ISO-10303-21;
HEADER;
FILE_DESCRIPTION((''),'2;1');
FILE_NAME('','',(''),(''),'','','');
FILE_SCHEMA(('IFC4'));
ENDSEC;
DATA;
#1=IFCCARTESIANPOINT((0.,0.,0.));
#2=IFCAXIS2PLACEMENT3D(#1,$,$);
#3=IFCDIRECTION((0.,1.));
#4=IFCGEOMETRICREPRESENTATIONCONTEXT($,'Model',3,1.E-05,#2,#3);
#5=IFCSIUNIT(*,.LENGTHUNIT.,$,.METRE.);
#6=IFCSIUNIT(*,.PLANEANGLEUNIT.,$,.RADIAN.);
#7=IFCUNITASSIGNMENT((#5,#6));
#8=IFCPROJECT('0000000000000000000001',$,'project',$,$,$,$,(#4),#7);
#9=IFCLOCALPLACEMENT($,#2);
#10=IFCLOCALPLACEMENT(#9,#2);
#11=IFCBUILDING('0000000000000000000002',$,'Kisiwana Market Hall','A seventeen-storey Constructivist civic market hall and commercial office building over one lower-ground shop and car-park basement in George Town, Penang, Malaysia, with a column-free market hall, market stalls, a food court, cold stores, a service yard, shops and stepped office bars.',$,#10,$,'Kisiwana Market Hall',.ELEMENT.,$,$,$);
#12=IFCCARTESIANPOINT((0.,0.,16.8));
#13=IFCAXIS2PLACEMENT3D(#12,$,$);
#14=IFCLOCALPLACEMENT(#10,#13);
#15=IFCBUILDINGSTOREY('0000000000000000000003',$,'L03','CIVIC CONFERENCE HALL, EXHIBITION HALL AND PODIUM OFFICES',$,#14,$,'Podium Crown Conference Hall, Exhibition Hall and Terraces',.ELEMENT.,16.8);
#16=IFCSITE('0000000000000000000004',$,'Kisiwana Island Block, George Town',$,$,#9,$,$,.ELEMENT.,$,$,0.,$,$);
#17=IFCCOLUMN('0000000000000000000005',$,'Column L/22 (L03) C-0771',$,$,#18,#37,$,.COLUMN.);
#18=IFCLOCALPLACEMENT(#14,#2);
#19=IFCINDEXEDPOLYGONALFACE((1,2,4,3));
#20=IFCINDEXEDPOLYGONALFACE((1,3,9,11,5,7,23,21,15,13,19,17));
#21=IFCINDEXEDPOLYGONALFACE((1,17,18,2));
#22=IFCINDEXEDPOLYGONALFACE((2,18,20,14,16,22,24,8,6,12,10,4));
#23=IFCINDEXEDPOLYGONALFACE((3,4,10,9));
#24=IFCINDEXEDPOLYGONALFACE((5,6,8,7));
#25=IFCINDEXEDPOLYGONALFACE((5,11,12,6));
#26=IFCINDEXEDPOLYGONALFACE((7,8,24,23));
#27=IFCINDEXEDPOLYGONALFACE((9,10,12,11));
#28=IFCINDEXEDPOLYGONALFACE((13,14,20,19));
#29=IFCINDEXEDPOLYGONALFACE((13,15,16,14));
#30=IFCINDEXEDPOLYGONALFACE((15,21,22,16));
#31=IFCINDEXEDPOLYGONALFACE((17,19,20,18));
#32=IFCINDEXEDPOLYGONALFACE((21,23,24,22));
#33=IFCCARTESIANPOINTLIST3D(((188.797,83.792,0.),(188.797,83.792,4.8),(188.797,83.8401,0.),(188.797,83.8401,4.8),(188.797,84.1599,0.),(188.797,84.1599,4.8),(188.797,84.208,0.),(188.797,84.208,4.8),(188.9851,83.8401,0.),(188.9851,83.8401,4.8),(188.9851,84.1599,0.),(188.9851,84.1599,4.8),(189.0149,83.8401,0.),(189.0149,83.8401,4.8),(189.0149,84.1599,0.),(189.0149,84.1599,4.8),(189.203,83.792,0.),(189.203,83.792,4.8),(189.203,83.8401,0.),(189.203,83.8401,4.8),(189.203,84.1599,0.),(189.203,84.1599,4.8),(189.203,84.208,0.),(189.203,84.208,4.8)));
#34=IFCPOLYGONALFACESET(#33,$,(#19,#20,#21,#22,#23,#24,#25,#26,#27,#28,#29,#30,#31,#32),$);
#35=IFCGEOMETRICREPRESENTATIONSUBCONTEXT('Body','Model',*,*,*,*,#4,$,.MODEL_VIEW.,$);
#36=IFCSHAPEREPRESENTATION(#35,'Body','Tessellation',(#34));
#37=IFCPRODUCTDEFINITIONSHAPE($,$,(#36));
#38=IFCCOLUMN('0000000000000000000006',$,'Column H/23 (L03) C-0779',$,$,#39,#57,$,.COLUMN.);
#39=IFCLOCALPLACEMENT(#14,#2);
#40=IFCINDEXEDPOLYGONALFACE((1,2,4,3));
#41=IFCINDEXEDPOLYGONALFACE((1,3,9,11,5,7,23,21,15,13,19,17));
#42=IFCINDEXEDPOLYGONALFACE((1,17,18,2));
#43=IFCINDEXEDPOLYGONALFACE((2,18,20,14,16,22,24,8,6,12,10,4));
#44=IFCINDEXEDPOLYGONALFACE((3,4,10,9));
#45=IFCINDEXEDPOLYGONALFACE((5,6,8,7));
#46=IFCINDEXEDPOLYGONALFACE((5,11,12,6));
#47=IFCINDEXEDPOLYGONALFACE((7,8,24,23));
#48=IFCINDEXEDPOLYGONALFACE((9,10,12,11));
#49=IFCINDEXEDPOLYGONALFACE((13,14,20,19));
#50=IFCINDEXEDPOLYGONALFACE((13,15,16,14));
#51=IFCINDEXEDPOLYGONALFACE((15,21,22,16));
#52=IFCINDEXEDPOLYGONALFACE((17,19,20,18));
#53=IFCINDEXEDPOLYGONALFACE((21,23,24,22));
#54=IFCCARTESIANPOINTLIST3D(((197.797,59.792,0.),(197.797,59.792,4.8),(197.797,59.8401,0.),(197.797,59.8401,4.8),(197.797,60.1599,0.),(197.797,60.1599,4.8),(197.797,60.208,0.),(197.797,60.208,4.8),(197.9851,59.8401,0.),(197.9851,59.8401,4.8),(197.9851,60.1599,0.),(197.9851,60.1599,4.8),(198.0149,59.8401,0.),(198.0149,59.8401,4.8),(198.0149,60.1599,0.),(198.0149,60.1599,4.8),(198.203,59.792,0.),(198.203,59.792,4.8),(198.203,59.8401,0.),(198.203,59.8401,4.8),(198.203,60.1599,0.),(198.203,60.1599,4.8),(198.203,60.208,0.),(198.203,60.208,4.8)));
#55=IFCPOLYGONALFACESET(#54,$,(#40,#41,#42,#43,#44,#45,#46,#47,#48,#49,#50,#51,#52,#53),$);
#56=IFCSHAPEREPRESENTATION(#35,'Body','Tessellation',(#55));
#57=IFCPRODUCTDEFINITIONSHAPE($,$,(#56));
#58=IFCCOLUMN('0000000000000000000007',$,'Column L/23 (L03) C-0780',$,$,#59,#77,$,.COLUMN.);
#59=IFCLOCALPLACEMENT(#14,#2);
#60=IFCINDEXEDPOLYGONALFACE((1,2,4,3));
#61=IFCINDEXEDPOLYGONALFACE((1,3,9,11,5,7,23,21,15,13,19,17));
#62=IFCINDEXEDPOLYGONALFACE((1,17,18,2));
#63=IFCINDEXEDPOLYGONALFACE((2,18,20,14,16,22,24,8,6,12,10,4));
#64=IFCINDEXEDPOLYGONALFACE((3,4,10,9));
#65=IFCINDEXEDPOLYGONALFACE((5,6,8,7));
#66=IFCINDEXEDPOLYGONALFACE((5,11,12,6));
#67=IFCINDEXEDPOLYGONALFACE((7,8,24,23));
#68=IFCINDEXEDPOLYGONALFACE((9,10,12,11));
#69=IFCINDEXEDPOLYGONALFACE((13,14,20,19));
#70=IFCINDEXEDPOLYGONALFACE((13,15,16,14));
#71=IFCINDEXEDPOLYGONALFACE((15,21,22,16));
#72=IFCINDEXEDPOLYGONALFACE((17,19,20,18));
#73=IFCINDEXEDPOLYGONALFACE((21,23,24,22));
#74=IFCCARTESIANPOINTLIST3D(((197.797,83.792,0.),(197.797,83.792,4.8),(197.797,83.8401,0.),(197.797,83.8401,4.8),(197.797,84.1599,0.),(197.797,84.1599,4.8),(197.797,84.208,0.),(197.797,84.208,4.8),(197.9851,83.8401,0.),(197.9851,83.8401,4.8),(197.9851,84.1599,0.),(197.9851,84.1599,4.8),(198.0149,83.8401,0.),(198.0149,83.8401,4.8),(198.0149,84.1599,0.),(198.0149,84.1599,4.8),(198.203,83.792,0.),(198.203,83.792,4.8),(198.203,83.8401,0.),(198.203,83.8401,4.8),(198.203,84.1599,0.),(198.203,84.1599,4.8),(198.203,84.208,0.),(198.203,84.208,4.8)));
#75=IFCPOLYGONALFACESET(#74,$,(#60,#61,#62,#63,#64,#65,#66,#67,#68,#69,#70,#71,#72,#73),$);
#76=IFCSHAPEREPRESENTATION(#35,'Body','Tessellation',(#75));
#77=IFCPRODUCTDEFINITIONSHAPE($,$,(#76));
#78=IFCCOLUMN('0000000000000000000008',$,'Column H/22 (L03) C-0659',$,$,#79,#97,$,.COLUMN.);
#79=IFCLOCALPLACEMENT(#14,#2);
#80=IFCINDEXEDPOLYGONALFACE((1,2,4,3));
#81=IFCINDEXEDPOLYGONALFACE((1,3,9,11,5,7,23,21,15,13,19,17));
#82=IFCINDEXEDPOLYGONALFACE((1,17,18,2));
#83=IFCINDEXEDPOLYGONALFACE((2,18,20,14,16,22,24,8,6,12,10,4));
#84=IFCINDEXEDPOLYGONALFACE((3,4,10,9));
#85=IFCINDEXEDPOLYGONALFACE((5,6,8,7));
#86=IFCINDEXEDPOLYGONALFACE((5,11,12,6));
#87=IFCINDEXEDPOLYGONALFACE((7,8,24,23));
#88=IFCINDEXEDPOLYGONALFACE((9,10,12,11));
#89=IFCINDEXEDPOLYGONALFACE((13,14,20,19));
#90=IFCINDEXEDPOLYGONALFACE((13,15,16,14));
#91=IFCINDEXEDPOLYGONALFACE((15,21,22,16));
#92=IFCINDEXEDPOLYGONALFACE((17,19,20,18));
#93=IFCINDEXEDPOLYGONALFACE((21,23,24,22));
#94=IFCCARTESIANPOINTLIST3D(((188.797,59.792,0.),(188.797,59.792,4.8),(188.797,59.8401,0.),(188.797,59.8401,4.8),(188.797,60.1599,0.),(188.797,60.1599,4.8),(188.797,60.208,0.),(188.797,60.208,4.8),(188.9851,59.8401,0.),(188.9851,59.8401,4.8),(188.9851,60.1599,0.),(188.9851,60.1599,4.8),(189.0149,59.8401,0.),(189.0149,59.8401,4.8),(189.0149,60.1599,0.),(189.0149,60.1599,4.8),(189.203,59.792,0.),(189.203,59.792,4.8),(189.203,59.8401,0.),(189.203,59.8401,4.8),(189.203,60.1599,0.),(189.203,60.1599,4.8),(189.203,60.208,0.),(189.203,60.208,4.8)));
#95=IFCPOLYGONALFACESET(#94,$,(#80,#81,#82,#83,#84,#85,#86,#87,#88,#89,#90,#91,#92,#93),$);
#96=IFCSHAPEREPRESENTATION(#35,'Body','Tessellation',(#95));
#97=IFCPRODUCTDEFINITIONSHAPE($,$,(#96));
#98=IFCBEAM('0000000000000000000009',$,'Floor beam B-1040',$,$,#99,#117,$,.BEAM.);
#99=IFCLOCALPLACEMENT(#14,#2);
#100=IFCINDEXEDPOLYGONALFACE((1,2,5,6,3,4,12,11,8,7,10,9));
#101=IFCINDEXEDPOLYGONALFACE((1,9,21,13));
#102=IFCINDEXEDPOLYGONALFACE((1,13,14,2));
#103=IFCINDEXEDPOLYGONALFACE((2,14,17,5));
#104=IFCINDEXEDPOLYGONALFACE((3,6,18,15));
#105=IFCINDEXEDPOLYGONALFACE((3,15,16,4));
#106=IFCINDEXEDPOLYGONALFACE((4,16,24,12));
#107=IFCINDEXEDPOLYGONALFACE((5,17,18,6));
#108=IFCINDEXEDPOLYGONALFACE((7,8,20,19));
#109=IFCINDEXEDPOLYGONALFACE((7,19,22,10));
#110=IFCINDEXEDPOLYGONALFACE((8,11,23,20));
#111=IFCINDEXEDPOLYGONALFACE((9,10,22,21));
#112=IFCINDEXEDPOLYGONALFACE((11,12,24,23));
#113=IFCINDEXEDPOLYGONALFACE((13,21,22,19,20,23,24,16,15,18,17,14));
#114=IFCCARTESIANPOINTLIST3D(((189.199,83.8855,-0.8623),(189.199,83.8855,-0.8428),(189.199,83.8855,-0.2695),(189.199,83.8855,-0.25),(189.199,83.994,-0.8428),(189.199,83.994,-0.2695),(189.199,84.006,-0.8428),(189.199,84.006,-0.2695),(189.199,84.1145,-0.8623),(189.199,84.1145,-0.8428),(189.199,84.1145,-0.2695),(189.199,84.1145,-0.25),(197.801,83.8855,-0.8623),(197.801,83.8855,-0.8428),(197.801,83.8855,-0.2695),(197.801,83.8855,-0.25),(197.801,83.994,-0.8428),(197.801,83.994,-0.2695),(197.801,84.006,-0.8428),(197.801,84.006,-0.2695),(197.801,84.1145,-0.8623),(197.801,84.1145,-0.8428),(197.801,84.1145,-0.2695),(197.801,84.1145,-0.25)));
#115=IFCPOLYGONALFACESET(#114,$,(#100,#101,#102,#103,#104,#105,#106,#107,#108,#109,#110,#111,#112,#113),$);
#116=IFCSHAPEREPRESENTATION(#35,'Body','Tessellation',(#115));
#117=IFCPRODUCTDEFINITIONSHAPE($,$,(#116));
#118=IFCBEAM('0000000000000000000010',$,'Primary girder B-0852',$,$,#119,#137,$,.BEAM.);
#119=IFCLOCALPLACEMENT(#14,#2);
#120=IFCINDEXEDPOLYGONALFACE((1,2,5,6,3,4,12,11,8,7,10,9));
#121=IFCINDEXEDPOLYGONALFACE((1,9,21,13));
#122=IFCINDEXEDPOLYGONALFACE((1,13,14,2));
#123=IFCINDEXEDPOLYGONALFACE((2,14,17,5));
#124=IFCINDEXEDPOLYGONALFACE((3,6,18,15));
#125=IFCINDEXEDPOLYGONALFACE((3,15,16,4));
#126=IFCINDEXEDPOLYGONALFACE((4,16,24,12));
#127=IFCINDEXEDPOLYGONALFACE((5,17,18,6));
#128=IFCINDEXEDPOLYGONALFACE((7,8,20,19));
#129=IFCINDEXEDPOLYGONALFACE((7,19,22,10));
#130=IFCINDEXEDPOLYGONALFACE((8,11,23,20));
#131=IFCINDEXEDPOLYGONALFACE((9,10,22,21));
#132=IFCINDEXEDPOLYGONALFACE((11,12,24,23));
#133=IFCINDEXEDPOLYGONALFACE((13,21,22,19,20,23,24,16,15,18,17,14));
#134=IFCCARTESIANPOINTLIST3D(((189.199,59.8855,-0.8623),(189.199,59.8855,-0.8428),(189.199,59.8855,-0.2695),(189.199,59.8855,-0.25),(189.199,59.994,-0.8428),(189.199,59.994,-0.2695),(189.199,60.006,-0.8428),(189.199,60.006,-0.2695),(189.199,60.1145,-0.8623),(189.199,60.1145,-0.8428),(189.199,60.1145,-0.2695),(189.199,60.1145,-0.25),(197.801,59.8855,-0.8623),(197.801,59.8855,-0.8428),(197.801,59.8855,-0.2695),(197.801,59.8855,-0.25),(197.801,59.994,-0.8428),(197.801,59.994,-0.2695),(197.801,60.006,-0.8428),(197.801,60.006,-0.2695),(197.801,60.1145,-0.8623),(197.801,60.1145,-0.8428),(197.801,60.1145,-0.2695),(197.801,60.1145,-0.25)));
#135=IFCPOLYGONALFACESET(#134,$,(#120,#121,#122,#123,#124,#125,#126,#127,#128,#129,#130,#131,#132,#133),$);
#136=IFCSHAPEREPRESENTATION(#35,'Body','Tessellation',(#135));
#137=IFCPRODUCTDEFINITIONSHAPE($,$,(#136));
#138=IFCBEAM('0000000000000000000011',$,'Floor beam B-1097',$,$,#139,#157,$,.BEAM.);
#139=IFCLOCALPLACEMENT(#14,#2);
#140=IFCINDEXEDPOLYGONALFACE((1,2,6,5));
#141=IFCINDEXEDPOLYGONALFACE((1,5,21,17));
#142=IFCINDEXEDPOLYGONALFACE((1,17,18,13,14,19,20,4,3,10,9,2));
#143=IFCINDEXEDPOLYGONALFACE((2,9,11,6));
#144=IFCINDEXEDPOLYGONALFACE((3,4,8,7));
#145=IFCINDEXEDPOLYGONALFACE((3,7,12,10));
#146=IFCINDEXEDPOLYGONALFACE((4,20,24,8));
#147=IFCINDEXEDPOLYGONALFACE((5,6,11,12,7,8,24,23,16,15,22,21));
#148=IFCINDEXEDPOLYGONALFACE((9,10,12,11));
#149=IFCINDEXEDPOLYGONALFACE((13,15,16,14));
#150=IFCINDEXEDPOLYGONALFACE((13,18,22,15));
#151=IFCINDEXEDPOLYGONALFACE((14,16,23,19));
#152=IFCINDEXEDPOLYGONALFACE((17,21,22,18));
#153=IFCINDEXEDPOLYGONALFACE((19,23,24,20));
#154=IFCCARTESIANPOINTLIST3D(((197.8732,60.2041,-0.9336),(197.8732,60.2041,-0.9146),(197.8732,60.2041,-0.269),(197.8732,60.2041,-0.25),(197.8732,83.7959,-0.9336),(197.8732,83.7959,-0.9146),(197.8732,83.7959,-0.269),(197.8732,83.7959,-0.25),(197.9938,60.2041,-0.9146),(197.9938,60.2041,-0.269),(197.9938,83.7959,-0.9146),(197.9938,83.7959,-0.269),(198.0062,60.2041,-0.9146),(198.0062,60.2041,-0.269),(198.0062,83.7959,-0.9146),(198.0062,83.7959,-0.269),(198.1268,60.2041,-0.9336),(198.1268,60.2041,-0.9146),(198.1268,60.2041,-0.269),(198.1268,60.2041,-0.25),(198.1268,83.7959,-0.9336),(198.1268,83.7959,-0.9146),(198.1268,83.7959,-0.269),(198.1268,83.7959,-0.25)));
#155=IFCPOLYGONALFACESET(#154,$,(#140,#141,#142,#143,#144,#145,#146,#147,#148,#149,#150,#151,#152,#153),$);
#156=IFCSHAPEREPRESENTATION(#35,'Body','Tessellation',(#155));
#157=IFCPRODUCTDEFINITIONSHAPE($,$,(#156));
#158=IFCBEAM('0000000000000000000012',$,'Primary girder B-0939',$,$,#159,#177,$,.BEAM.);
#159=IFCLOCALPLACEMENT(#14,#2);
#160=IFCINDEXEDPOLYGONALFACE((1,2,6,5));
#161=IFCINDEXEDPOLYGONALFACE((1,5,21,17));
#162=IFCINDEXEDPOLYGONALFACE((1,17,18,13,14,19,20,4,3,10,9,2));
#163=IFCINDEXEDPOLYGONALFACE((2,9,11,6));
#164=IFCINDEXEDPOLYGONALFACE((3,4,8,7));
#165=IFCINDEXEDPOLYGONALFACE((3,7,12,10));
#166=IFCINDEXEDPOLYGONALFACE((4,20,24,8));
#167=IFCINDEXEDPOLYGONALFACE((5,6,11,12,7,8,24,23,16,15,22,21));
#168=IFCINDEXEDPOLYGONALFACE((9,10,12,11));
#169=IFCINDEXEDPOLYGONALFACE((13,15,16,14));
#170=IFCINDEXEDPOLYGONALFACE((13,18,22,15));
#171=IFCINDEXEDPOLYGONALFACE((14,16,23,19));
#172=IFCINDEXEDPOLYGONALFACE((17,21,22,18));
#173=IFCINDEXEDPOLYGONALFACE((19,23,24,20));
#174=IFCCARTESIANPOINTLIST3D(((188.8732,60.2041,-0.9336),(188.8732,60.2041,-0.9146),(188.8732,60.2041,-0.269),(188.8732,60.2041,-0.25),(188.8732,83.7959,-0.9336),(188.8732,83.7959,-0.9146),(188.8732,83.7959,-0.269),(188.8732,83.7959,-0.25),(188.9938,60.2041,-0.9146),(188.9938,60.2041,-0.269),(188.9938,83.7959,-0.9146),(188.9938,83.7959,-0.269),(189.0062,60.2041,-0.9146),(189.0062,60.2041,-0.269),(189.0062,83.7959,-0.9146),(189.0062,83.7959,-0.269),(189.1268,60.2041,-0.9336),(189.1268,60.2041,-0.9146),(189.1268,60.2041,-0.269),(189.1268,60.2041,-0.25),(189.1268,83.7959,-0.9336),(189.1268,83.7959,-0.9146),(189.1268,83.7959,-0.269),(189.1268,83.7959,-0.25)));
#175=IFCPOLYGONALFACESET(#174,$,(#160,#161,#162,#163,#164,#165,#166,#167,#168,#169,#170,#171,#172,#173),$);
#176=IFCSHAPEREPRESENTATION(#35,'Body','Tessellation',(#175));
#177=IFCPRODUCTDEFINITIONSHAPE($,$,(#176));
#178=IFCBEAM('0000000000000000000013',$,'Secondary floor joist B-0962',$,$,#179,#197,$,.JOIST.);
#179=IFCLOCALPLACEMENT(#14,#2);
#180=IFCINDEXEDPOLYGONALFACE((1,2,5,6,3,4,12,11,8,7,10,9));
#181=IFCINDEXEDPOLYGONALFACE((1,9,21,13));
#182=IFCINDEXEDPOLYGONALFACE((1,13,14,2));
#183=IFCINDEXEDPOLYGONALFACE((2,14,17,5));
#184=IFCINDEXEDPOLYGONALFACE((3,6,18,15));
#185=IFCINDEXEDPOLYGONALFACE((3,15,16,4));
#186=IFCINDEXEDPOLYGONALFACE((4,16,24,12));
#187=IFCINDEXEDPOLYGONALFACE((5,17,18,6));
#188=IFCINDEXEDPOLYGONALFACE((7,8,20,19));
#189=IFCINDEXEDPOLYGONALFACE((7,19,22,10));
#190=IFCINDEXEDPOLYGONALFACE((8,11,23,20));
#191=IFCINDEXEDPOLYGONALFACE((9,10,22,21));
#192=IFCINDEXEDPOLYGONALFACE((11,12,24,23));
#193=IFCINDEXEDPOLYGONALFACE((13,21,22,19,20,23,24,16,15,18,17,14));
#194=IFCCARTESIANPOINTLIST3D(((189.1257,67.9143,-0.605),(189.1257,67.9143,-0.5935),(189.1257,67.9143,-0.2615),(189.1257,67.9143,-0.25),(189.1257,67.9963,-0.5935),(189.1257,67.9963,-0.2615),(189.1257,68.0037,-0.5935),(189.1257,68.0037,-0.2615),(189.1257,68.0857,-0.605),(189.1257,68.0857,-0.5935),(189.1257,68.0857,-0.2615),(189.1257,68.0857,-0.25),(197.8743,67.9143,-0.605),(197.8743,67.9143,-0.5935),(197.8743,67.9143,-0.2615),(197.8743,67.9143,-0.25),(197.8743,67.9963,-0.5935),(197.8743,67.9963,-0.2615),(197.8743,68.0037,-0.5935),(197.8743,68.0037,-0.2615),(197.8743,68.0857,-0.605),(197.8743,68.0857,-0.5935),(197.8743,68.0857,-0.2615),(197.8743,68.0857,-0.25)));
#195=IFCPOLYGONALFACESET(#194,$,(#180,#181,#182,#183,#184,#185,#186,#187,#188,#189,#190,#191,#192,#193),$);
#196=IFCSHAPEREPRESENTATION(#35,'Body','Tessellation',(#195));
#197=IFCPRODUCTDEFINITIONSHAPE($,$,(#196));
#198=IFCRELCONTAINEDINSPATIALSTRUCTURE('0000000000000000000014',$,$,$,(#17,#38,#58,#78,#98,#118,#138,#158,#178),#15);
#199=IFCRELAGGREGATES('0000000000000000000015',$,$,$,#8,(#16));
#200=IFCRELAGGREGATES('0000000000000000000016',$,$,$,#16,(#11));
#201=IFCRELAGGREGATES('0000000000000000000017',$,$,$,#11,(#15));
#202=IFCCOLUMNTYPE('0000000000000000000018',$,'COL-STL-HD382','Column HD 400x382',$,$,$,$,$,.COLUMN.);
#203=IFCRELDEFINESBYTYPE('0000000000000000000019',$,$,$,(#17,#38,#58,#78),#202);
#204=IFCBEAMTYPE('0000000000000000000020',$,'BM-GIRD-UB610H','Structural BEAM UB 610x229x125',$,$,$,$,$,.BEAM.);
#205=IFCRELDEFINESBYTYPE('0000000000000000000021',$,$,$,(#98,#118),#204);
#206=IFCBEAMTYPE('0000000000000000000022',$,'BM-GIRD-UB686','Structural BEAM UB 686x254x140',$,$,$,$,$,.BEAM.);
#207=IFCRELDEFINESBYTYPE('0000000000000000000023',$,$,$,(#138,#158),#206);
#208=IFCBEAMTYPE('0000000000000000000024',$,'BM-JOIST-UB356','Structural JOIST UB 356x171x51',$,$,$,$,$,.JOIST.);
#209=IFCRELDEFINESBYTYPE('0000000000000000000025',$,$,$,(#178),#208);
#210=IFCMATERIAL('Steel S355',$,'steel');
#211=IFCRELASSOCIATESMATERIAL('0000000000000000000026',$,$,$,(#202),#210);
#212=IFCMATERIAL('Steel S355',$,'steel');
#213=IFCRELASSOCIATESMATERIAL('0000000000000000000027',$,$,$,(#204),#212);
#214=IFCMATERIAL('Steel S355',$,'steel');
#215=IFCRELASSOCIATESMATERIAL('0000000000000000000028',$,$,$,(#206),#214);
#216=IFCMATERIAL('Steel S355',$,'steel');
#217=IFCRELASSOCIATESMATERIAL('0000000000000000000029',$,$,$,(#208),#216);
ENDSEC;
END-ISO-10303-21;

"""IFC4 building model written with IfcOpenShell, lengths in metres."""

from ifc_helpers import new_model, si_unit, direction, frame, origin, origin_2d, place, context, subcontext, project, spatial, i_section, extrude, material, material_profile, profile_set, type_object, element, save


model = new_model("IFC4")

# Units and contexts
model_context = context("Model", 3, precision=1e-05, world=origin(), true_north=direction((0.0, 1.0)))
body_context = subcontext(model_context, "Body", "Model", "MODEL_VIEW")
ifc_project = project(units=[si_unit("LENGTHUNIT", "METRE"), si_unit("PLANEANGLEUNIT", "RADIAN")], contexts=[model_context])

# Site, building, storey
site_placement = place(None, origin())
site = spatial("IfcSite", under=ifc_project, at=site_placement, Name="Kisiwana Island Block, George Town", CompositionType="ELEMENT", RefElevation=0.0)
building_placement = place(site_placement, origin())
building = spatial("IfcBuilding", under=site, at=building_placement, Name="Kisiwana Market Hall", Description="A seventeen-storey Constructivist civic market hall and commercial office building over one lower-ground shop and car-park basement in George Town, Penang, Malaysia, with a column-free market hall, market stalls, a food court, cold stores, a service yard, shops and stepped office bars.", LongName="Kisiwana Market Hall", CompositionType="ELEMENT")
storey_placement = place(building_placement, frame((0.0, 0.0, 16.8)))
storey = spatial("IfcBuildingStorey", under=building, at=storey_placement, Name="L03", Description="CIVIC CONFERENCE HALL, EXHIBITION HALL AND PODIUM OFFICES", LongName="Podium Crown Conference Hall, Exhibition Hall and Terraces", CompositionType="ELEMENT", Elevation=16.8)

# Columns
ifc_material_1 = material(Name="Steel S355", Category="steel")
ifc_material_profile_1 = material_profile(ifc_material_1, i_section(OverallWidth=0.406, OverallDepth=0.416, WebThickness=0.0298, FlangeThickness=0.0481, at=origin_2d()), Name="HD 400x382")
ifc_profile_set_1 = profile_set([ifc_material_profile_1], Name="Steel S355")
column_type = type_object("IfcColumnType", Name="COL-STL-HD382", Description="Column HD 400x382", PredefinedType="COLUMN", material=ifc_profile_set_1)
for number, where, z_axis, x_axis, name in (
    (1, (189.0, 84.0, 0.0), (0.0, 0.0, 1.0), (1.0, 0.0, 0.0), "Column L/22 (L03) C-0771"),
    (2, (198.0, 60.0, 0.0), (0.0, 0.0, 1.0), (1.0, 0.0, 0.0), "Column H/23 (L03) C-0779"),
    (3, (198.0, 84.0, 0.0), (0.0, 0.0, 1.0), (1.0, 0.0, 0.0), "Column L/23 (L03) C-0780"),
    (4, (189.0, 60.0, 0.0), (0.0, 0.0, 1.0), (1.0, 0.0, 0.0), "Column H/22 (L03) C-0659"),
):
    element("IfcColumn", number, at=place(storey_placement, frame(where, z_axis=z_axis, x_axis=x_axis)), inside=storey, type_object=column_type, Name=name, PredefinedType="COLUMN", context=body_context, shape_type="SweptSolid", body=[
        extrude(i_section(OverallWidth=0.406, OverallDepth=0.416, WebThickness=0.0298, FlangeThickness=0.0481, at=origin_2d()), origin(), (0.0, 0.0, 1.0), 4.8),
    ])

# Beams
ifc_material_2 = material(Name="Steel S355", Category="steel")
ifc_material_profile_2 = material_profile(ifc_material_2, i_section(OverallWidth=0.229, OverallDepth=0.6123, WebThickness=0.012, FlangeThickness=0.0195, at=origin_2d()), Name="UB 610x229x125")
ifc_profile_set_2 = profile_set([ifc_material_profile_2], Name="Steel S355")
beam_type_1 = type_object("IfcBeamType", Name="BM-GIRD-UB610H", Description="Structural BEAM UB 610x229x125", PredefinedType="BEAM", material=ifc_profile_set_2)
for number, where, z_axis, x_axis, name in (
    (5, (189.199, 84.0, -0.5562), (1.0, 0.0, 0.0), (0.0, 1.0, 0.0), "Floor beam B-1040"),
    (6, (189.199, 60.0, -0.5562), (1.0, 0.0, 0.0), (0.0, 1.0, 0.0), "Primary girder B-0852"),
):
    element("IfcBeam", number, at=place(storey_placement, frame(where, z_axis=z_axis, x_axis=x_axis)), inside=storey, type_object=beam_type_1, Name=name, PredefinedType="BEAM", context=body_context, shape_type="SweptSolid", body=[
        extrude(i_section(OverallWidth=0.229, OverallDepth=0.6123, WebThickness=0.012, FlangeThickness=0.0195, at=origin_2d()), origin(), (0.0, 0.0, 1.0), 8.6021),
    ])
ifc_material_3 = material(Name="Steel S355", Category="steel")
ifc_material_profile_3 = material_profile(ifc_material_3, i_section(OverallWidth=0.2537, OverallDepth=0.6836, WebThickness=0.0125, FlangeThickness=0.019, at=origin_2d()), Name="UB 686x254x140")
ifc_profile_set_3 = profile_set([ifc_material_profile_3], Name="Steel S355")
beam_type_2 = type_object("IfcBeamType", Name="BM-GIRD-UB686", Description="Structural BEAM UB 686x254x140", PredefinedType="BEAM", material=ifc_profile_set_3)
for number, where, z_axis, x_axis, name in (
    (7, (198.0, 60.2041, -0.5918), (0.0, 1.0, 0.0), (-1.0, 0.0, 0.0), "Floor beam B-1097"),
    (8, (189.0, 60.2041, -0.5918), (0.0, 1.0, 0.0), (-1.0, 0.0, 0.0), "Primary girder B-0939"),
):
    element("IfcBeam", number, at=place(storey_placement, frame(where, z_axis=z_axis, x_axis=x_axis)), inside=storey, type_object=beam_type_2, Name=name, PredefinedType="BEAM", context=body_context, shape_type="SweptSolid", body=[
        extrude(i_section(OverallWidth=0.2537, OverallDepth=0.6836, WebThickness=0.0125, FlangeThickness=0.019, at=origin_2d()), origin(), (0.0, 0.0, 1.0), 23.5918),
    ])
ifc_material_4 = material(Name="Steel S355", Category="steel")
ifc_material_profile_4 = material_profile(ifc_material_4, i_section(OverallWidth=0.1714, OverallDepth=0.355, WebThickness=0.0073, FlangeThickness=0.0115, at=origin_2d()), Name="UB 356x171x51")
ifc_profile_set_4 = profile_set([ifc_material_profile_4], Name="Steel S355")
beam_type_3 = type_object("IfcBeamType", Name="BM-JOIST-UB356", Description="Structural JOIST UB 356x171x51", PredefinedType="JOIST", material=ifc_profile_set_4)
for number, where, z_axis, x_axis, name in (
    (9, (189.1257, 68.0, -0.4275), (1.0, 0.0, 0.0), (0.0, 1.0, 0.0), "Secondary floor joist B-0962"),
):
    element("IfcBeam", number, at=place(storey_placement, frame(where, z_axis=z_axis, x_axis=x_axis)), inside=storey, type_object=beam_type_3, Name=name, PredefinedType="JOIST", context=body_context, shape_type="SweptSolid", body=[
        extrude(i_section(OverallWidth=0.1714, OverallDepth=0.355, WebThickness=0.0073, FlangeThickness=0.0115, at=origin_2d()), origin(), (0.0, 0.0, 1.0), 8.7485),
    ])

save(model, "model.ifc")
